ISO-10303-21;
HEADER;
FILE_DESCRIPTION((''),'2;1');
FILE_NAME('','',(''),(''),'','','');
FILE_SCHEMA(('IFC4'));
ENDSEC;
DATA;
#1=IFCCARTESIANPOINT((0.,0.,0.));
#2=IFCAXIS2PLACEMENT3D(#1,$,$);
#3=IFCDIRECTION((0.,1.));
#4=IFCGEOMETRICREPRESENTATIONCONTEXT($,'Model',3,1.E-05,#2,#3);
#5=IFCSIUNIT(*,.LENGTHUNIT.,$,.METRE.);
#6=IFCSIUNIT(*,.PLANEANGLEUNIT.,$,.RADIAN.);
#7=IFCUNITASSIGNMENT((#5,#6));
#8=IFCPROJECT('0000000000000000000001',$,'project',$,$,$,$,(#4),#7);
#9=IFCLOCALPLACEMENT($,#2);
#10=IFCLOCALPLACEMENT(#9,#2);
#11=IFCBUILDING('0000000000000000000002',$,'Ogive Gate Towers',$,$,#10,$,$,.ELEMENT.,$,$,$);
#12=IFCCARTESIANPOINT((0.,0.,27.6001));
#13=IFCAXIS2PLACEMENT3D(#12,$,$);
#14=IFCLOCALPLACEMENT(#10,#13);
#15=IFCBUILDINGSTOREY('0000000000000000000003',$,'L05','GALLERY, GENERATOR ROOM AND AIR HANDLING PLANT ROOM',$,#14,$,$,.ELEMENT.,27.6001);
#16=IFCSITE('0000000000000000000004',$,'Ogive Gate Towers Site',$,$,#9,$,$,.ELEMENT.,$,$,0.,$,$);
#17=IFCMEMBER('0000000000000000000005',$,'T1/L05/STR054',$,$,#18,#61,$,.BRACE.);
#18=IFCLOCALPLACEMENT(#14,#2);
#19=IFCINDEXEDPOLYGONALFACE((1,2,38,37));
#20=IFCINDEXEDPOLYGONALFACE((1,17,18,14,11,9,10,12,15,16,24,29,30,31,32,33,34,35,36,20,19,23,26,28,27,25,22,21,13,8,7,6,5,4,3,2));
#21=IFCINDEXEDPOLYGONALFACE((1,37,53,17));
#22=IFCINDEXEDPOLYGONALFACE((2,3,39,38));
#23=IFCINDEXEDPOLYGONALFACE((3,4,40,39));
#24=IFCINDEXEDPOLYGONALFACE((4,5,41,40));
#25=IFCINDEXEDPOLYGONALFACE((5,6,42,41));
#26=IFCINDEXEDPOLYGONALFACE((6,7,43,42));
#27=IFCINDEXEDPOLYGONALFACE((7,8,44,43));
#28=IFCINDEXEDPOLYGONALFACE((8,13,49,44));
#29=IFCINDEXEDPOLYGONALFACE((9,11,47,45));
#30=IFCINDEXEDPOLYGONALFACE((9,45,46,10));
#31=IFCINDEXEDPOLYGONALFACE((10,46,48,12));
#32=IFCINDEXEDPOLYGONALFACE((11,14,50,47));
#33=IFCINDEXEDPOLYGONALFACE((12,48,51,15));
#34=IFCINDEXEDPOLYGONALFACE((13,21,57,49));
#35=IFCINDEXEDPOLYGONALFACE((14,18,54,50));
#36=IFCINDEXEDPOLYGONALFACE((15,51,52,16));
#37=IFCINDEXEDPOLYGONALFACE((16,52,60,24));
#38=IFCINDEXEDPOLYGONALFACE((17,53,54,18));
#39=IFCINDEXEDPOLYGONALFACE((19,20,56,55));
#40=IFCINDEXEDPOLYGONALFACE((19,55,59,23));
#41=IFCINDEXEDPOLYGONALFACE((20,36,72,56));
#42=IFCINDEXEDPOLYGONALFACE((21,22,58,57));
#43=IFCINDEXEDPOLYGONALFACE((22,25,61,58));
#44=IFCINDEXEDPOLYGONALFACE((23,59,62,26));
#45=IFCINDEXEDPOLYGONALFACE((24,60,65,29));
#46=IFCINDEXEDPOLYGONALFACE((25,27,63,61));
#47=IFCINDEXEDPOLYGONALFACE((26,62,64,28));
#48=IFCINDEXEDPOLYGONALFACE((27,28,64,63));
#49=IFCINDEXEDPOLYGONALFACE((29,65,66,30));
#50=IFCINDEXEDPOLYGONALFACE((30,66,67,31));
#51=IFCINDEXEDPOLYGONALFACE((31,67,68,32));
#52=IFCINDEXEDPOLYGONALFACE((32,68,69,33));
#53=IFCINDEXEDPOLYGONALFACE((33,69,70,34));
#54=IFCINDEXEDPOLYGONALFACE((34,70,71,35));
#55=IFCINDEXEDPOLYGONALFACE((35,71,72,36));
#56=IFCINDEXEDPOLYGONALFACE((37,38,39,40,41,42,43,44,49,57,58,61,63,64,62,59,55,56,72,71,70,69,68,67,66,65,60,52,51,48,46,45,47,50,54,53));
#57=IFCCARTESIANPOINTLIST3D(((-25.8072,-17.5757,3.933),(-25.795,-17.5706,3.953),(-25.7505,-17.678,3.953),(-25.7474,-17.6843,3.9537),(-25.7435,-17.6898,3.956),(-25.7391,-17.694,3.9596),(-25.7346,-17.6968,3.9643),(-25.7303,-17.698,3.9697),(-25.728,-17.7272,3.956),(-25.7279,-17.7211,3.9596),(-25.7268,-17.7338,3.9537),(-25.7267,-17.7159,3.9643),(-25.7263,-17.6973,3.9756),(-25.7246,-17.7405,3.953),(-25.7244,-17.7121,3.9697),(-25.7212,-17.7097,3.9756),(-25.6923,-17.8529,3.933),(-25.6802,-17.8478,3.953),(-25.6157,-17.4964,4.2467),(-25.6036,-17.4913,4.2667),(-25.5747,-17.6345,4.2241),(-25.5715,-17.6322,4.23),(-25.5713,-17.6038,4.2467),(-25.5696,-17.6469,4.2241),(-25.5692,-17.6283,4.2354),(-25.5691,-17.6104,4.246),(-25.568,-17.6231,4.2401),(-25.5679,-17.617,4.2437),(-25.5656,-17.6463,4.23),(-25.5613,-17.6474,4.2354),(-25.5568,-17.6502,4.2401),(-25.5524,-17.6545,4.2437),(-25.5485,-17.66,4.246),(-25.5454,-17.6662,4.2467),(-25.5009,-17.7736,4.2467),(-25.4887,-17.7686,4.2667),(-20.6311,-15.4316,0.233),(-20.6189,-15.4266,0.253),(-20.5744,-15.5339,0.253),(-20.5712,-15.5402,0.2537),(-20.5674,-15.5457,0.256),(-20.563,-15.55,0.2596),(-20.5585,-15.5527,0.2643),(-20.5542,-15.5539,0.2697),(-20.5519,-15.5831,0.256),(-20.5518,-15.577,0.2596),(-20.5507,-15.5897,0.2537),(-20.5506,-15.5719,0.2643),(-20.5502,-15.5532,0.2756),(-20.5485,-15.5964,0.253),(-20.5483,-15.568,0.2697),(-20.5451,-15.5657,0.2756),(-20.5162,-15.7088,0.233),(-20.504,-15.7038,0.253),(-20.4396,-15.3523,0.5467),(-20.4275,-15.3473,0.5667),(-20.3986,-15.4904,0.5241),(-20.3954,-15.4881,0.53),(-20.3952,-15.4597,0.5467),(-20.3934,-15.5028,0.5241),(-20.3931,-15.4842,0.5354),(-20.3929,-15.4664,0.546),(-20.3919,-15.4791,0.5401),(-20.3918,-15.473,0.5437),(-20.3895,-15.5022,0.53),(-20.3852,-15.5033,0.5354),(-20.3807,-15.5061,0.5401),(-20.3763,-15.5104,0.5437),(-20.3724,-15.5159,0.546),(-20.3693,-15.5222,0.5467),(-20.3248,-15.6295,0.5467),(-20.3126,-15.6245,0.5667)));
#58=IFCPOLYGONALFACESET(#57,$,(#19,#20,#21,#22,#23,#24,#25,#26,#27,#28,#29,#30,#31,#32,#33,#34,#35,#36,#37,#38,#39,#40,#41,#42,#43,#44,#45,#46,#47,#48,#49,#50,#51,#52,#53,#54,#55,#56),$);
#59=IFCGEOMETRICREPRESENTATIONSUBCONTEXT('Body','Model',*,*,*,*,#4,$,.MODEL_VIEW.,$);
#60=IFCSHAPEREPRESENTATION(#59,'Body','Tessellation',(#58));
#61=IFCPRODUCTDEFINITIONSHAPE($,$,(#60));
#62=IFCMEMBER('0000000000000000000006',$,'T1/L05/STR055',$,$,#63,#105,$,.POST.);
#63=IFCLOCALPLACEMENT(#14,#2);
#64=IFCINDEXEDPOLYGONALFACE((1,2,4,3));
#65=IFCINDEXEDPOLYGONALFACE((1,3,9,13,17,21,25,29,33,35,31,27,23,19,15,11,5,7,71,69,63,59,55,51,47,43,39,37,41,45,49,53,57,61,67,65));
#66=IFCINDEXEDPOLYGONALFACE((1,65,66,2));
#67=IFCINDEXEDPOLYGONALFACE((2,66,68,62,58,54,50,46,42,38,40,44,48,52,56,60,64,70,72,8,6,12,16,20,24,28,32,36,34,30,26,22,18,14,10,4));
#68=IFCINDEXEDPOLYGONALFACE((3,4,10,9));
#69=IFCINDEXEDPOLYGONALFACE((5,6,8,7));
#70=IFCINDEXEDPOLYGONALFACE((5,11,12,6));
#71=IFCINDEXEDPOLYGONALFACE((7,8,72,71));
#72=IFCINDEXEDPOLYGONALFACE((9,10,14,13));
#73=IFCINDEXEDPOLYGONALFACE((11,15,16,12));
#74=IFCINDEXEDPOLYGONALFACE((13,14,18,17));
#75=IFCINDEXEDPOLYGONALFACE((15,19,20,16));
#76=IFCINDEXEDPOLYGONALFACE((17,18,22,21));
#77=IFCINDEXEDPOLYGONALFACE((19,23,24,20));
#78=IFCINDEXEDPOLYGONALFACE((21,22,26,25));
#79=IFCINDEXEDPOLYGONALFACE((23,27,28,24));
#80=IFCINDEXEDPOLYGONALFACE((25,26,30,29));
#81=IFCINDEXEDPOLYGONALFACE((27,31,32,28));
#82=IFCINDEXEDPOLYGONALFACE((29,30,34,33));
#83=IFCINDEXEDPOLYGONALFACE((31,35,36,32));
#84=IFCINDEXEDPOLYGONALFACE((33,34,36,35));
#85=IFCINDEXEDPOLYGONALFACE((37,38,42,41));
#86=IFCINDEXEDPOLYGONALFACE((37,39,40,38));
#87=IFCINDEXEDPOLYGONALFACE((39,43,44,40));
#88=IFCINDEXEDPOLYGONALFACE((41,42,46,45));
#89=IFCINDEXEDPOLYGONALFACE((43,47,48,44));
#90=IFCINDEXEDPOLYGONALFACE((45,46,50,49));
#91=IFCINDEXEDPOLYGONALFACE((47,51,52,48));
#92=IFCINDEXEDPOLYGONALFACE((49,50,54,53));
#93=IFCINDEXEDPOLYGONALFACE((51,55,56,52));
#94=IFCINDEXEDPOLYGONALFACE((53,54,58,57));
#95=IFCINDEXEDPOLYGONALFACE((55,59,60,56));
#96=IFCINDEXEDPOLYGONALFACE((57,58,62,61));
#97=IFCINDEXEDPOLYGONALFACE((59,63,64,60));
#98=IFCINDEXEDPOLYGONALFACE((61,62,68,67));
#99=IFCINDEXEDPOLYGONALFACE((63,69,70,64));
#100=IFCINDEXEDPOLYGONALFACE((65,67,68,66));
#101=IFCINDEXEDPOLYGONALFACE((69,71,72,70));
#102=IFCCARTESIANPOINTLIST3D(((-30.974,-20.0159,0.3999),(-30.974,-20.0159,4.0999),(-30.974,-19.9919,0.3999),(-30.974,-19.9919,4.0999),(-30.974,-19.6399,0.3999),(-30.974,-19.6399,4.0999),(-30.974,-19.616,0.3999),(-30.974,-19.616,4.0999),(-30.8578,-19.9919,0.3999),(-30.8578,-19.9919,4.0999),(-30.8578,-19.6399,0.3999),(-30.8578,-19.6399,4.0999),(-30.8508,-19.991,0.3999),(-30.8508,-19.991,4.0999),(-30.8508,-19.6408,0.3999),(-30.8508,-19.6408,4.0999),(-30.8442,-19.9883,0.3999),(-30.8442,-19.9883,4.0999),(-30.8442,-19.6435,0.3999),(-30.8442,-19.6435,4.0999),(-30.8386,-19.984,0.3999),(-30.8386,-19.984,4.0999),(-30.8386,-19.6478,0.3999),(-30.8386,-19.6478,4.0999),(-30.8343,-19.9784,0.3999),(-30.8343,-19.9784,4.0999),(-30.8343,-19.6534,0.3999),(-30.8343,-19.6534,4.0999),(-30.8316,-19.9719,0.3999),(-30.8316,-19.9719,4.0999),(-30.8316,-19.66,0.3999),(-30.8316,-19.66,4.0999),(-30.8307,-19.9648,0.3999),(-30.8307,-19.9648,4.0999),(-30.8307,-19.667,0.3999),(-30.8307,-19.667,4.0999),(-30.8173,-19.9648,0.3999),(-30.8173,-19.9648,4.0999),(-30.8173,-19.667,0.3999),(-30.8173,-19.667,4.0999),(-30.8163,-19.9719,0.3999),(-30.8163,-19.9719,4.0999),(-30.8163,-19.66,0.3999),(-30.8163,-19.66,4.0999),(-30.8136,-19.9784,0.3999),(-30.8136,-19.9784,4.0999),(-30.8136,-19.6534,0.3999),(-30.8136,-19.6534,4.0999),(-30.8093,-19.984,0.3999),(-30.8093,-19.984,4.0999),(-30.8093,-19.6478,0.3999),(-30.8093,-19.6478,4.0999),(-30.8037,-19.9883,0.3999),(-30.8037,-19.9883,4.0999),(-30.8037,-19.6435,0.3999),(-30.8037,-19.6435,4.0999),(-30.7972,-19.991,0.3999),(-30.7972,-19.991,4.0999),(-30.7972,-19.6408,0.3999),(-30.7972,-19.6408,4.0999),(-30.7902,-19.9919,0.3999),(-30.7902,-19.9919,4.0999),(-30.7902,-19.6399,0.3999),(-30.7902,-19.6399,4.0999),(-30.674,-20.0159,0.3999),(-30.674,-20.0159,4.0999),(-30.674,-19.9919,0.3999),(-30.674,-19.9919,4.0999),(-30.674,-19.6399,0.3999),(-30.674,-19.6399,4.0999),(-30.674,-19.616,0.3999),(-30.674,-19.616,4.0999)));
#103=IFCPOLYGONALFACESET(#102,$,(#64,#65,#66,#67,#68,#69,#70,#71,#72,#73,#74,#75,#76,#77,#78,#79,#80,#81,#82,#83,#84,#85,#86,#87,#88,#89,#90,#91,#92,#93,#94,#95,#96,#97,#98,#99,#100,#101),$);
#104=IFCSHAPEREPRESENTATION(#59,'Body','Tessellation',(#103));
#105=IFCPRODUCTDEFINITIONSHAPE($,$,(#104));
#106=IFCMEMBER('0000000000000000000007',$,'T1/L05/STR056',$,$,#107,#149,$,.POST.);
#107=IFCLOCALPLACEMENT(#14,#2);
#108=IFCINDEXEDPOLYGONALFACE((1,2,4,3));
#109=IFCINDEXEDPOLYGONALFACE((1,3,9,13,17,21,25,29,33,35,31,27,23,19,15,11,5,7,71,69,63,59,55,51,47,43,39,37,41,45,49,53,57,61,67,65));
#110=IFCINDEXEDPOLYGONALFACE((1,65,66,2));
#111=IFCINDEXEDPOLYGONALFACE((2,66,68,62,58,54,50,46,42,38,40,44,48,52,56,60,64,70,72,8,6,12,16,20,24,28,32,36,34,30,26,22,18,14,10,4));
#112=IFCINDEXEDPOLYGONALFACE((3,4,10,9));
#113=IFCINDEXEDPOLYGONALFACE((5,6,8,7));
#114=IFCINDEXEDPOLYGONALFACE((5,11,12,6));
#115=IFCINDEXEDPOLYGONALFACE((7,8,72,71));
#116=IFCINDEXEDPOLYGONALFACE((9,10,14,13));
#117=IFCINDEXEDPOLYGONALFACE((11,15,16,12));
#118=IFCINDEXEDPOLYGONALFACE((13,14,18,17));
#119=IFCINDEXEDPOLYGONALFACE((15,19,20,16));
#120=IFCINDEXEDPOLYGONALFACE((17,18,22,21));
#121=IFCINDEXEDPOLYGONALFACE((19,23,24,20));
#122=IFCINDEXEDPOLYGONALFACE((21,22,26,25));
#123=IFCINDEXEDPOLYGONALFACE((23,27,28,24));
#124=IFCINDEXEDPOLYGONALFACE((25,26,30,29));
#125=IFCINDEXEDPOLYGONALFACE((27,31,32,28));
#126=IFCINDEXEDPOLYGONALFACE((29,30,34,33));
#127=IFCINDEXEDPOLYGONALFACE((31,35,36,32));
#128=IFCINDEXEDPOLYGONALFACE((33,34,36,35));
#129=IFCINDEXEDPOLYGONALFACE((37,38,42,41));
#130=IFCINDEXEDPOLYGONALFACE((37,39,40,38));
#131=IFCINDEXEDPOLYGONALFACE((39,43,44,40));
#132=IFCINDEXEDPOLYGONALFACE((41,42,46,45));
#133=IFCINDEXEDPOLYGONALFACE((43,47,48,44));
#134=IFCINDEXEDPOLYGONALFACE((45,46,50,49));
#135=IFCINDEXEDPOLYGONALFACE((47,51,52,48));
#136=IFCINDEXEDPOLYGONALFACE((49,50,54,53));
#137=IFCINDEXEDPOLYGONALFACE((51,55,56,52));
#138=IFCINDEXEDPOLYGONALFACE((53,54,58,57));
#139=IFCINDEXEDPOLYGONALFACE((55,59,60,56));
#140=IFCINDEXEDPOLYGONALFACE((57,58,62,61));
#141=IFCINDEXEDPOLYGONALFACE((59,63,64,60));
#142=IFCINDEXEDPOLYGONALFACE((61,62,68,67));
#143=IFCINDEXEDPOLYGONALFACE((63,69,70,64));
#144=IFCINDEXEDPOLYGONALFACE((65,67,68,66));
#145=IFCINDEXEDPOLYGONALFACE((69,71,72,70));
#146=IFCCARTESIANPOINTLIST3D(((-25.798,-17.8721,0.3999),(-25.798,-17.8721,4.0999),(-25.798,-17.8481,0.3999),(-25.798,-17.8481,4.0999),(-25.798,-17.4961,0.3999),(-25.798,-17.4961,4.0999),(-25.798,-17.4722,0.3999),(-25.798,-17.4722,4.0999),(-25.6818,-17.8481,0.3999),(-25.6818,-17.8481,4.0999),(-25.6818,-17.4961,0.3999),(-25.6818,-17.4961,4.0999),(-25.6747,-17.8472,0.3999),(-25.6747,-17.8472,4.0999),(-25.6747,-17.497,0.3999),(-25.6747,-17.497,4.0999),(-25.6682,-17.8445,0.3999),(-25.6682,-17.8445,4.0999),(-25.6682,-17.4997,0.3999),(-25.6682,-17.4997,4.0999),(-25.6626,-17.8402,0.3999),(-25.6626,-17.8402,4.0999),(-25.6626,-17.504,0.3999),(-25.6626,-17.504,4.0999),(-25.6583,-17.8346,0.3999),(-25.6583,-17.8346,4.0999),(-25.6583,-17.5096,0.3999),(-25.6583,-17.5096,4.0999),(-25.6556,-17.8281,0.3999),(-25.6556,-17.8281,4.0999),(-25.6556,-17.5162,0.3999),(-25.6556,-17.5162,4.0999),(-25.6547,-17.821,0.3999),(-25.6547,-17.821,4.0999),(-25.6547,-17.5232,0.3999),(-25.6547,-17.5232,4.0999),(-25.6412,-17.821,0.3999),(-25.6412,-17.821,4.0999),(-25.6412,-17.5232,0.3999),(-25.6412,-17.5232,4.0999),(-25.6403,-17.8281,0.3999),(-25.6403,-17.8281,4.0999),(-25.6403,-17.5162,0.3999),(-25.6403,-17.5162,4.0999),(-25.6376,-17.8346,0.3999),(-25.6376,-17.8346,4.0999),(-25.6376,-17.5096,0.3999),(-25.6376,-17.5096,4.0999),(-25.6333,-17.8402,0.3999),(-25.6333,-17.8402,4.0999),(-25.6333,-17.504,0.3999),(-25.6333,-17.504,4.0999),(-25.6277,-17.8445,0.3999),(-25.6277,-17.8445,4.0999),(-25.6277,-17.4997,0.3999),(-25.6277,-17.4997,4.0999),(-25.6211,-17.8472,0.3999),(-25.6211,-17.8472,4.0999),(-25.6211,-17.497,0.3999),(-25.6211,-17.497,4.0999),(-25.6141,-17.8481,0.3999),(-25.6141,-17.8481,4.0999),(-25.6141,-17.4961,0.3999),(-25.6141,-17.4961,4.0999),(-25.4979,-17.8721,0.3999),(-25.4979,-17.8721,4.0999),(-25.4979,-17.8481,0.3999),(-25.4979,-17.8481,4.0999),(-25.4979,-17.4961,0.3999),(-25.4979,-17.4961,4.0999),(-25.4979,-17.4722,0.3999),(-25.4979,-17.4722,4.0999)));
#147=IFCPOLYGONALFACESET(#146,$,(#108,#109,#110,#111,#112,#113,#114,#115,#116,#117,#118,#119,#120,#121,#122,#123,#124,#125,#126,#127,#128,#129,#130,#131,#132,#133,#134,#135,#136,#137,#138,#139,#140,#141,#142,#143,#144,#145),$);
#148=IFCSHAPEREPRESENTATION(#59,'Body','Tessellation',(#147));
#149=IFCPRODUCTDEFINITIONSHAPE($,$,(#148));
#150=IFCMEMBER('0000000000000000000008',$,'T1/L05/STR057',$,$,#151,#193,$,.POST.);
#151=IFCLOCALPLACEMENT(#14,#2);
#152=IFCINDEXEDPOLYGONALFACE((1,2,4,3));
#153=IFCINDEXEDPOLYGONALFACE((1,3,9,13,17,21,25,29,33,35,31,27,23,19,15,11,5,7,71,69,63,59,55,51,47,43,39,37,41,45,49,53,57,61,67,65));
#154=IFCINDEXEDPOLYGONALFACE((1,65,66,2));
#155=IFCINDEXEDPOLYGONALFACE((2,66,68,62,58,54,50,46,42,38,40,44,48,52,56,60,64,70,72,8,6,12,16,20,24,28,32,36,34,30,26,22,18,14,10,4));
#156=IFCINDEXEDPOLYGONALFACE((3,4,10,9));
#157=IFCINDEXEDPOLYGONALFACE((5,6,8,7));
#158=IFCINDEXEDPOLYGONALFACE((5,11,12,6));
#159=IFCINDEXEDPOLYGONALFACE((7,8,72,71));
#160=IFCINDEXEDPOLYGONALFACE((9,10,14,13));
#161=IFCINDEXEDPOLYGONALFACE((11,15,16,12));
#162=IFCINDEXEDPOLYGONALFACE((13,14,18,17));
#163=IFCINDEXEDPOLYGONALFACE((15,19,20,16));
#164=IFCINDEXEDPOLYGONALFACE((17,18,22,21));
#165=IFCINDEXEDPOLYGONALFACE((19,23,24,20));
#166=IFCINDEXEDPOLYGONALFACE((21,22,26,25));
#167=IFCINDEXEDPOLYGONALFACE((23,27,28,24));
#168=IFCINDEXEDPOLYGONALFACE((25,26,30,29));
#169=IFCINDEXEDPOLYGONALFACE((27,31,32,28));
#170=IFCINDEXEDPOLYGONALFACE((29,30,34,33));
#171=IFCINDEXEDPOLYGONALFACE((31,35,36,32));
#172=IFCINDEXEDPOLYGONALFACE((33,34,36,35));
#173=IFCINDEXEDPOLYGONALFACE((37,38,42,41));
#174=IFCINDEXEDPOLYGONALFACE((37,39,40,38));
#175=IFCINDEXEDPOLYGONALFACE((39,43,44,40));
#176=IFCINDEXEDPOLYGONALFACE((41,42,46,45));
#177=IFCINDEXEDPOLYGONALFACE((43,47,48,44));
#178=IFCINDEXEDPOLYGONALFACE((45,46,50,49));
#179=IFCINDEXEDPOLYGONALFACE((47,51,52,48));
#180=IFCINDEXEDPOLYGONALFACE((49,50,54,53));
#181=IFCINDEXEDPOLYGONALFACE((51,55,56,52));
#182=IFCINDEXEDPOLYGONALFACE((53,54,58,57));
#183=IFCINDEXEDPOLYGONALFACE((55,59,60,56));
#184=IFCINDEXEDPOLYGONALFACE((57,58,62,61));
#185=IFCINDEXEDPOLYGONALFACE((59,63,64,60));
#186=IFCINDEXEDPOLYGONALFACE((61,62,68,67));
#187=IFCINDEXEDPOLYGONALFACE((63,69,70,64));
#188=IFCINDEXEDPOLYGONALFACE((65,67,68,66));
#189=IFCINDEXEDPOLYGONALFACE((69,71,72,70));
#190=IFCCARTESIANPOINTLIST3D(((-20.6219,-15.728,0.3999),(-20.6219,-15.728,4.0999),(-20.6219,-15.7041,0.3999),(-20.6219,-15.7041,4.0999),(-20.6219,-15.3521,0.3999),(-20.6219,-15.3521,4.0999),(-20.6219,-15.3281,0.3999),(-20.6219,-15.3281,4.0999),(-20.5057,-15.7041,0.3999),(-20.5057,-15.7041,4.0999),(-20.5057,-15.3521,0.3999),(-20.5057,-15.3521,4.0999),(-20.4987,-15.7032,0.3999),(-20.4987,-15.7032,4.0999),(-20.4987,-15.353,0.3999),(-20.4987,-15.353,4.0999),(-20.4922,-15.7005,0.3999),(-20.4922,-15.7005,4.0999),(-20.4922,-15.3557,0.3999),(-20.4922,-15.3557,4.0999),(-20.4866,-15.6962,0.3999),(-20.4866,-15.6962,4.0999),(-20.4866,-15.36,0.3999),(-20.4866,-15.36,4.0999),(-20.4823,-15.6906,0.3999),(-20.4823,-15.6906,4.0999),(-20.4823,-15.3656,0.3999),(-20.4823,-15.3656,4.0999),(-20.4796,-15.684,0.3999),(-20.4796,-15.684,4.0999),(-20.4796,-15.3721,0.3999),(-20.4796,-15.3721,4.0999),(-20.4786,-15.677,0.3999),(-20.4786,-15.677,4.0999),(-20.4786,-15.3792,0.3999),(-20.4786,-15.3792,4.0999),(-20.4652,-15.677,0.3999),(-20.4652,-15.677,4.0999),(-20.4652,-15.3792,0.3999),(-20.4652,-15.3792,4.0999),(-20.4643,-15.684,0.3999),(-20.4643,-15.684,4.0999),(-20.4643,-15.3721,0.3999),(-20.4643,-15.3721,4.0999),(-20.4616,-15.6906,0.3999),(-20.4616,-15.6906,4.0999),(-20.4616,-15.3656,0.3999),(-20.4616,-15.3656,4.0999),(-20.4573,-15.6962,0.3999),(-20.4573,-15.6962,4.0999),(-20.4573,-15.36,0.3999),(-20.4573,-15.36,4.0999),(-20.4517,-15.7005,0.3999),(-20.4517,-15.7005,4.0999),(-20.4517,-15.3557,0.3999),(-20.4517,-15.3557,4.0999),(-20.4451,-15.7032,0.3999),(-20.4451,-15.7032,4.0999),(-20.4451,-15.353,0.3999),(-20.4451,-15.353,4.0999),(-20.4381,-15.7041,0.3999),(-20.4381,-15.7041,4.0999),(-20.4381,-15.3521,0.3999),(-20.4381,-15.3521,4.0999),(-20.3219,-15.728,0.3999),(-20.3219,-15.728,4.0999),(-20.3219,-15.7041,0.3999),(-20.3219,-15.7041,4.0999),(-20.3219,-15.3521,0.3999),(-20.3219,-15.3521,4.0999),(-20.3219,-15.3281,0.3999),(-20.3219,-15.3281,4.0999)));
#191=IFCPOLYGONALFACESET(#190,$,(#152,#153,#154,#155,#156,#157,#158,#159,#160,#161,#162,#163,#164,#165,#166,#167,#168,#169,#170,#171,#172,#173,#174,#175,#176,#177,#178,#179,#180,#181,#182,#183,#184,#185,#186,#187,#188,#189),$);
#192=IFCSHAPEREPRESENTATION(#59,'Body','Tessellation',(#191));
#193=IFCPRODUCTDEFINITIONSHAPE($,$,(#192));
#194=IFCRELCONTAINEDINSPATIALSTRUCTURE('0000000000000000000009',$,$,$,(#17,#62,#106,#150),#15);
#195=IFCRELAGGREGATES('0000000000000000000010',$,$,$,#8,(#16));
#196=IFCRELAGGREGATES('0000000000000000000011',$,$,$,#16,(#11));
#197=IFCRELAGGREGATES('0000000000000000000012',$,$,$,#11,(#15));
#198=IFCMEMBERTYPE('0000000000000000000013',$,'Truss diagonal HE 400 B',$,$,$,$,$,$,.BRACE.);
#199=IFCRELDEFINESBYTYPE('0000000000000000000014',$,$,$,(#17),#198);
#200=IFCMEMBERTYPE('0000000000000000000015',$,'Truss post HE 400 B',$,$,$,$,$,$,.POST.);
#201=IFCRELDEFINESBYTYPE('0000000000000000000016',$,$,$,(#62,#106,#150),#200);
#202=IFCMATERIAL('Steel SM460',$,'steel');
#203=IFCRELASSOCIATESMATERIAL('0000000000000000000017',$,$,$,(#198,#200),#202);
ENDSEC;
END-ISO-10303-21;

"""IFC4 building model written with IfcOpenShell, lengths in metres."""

from ifc_helpers import new_model, si_unit, direction, frame, origin, origin_2d, place, context, subcontext, project, spatial, i_section, extrude, material, material_profile, profile_set, type_object, element, save


model = new_model("IFC4")

# Units and contexts
model_context = context("Model", 3, precision=1e-05, world=origin(), true_north=direction((0.0, 1.0)))
body_context = subcontext(model_context, "Body", "Model", "MODEL_VIEW")
ifc_project = project(units=[si_unit("LENGTHUNIT", "METRE"), si_unit("PLANEANGLEUNIT", "RADIAN")], contexts=[model_context])

# Site, building, storey
site_placement = place(None, origin())
site = spatial("IfcSite", under=ifc_project, at=site_placement, Name="Ogive Gate Towers Site", CompositionType="ELEMENT", RefElevation=0.0)
building_placement = place(site_placement, origin())
building = spatial("IfcBuilding", under=site, at=building_placement, Name="Ogive Gate Towers", CompositionType="ELEMENT")
storey_placement = place(building_placement, frame((0.0, 0.0, 27.6001)))
storey = spatial("IfcBuildingStorey", under=building, at=storey_placement, Name="L05", Description="GALLERY, GENERATOR ROOM AND AIR HANDLING PLANT ROOM", CompositionType="ELEMENT", Elevation=27.6001)

# Members
ifc_material_1 = material(Name="Steel SM460", Category="steel")
ifc_material_profile_1 = material_profile(ifc_material_1, i_section(OverallWidth=0.3, OverallDepth=0.3999, WebThickness=0.0134, FlangeThickness=0.0239, FilletRadius=0.0271, at=origin_2d()), Name="HE 400 B")
ifc_profile_set_1 = profile_set([ifc_material_profile_1], Name="Steel SM460")
member_type_1 = type_object("IfcMemberType", Name="Truss diagonal HE 400 B", PredefinedType="BRACE", material=ifc_profile_set_1)
member_1_placement = place(storey_placement, frame((-25.6479, -17.6721, 4.0999), z_axis=(0.77093, 0.319339, -0.55108), x_axis=(-0.382693, 0.923876, 0.0)))
element("IfcMember", 1, at=member_1_placement, inside=storey, type_object=member_type_1, Name="T1/L05/STR054", PredefinedType="BRACE", context=body_context, shape_type="SweptSolid", body=[
    extrude(i_section(OverallWidth=0.3, OverallDepth=0.3999, WebThickness=0.0134, FlangeThickness=0.0239, FilletRadius=0.0271, at=origin_2d()), origin(), (0.0, 0.0, 1.0), 6.7141),
])
ifc_material_profile_2 = material_profile(ifc_material_1, i_section(OverallWidth=0.3, OverallDepth=0.3999, WebThickness=0.0134, FlangeThickness=0.0239, FilletRadius=0.0271, at=origin_2d()), Name="HE 400 B")
ifc_profile_set_2 = profile_set([ifc_material_profile_2], Name="Steel SM460")
member_type_2 = type_object("IfcMemberType", Name="Truss post HE 400 B", PredefinedType="POST", material=ifc_profile_set_2)
for number, where, z_axis, x_axis, name in (
    (2, (-30.824, -19.8159, 0.3999), (0.0, 0.0, 1.0), (1.0, 0.0, 0.0), "T1/L05/STR055"),
    (3, (-25.6479, -17.6721, 0.3999), (0.0, 0.0, 1.0), (1.0, 0.0, 0.0), "T1/L05/STR056"),
    (4, (-20.4719, -15.5281, 0.3999), (0.0, 0.0, 1.0), (1.0, 0.0, 0.0), "T1/L05/STR057"),
):
    element("IfcMember", number, at=place(storey_placement, frame(where, z_axis=z_axis, x_axis=x_axis)), inside=storey, type_object=member_type_2, Name=name, PredefinedType="POST", context=body_context, shape_type="SweptSolid", body=[
        extrude(i_section(OverallWidth=0.3, OverallDepth=0.3999, WebThickness=0.0134, FlangeThickness=0.0239, FilletRadius=0.0271, at=origin_2d()), origin(), (0.0, 0.0, 1.0), 3.7),
    ])

save(model, "model.ifc")
